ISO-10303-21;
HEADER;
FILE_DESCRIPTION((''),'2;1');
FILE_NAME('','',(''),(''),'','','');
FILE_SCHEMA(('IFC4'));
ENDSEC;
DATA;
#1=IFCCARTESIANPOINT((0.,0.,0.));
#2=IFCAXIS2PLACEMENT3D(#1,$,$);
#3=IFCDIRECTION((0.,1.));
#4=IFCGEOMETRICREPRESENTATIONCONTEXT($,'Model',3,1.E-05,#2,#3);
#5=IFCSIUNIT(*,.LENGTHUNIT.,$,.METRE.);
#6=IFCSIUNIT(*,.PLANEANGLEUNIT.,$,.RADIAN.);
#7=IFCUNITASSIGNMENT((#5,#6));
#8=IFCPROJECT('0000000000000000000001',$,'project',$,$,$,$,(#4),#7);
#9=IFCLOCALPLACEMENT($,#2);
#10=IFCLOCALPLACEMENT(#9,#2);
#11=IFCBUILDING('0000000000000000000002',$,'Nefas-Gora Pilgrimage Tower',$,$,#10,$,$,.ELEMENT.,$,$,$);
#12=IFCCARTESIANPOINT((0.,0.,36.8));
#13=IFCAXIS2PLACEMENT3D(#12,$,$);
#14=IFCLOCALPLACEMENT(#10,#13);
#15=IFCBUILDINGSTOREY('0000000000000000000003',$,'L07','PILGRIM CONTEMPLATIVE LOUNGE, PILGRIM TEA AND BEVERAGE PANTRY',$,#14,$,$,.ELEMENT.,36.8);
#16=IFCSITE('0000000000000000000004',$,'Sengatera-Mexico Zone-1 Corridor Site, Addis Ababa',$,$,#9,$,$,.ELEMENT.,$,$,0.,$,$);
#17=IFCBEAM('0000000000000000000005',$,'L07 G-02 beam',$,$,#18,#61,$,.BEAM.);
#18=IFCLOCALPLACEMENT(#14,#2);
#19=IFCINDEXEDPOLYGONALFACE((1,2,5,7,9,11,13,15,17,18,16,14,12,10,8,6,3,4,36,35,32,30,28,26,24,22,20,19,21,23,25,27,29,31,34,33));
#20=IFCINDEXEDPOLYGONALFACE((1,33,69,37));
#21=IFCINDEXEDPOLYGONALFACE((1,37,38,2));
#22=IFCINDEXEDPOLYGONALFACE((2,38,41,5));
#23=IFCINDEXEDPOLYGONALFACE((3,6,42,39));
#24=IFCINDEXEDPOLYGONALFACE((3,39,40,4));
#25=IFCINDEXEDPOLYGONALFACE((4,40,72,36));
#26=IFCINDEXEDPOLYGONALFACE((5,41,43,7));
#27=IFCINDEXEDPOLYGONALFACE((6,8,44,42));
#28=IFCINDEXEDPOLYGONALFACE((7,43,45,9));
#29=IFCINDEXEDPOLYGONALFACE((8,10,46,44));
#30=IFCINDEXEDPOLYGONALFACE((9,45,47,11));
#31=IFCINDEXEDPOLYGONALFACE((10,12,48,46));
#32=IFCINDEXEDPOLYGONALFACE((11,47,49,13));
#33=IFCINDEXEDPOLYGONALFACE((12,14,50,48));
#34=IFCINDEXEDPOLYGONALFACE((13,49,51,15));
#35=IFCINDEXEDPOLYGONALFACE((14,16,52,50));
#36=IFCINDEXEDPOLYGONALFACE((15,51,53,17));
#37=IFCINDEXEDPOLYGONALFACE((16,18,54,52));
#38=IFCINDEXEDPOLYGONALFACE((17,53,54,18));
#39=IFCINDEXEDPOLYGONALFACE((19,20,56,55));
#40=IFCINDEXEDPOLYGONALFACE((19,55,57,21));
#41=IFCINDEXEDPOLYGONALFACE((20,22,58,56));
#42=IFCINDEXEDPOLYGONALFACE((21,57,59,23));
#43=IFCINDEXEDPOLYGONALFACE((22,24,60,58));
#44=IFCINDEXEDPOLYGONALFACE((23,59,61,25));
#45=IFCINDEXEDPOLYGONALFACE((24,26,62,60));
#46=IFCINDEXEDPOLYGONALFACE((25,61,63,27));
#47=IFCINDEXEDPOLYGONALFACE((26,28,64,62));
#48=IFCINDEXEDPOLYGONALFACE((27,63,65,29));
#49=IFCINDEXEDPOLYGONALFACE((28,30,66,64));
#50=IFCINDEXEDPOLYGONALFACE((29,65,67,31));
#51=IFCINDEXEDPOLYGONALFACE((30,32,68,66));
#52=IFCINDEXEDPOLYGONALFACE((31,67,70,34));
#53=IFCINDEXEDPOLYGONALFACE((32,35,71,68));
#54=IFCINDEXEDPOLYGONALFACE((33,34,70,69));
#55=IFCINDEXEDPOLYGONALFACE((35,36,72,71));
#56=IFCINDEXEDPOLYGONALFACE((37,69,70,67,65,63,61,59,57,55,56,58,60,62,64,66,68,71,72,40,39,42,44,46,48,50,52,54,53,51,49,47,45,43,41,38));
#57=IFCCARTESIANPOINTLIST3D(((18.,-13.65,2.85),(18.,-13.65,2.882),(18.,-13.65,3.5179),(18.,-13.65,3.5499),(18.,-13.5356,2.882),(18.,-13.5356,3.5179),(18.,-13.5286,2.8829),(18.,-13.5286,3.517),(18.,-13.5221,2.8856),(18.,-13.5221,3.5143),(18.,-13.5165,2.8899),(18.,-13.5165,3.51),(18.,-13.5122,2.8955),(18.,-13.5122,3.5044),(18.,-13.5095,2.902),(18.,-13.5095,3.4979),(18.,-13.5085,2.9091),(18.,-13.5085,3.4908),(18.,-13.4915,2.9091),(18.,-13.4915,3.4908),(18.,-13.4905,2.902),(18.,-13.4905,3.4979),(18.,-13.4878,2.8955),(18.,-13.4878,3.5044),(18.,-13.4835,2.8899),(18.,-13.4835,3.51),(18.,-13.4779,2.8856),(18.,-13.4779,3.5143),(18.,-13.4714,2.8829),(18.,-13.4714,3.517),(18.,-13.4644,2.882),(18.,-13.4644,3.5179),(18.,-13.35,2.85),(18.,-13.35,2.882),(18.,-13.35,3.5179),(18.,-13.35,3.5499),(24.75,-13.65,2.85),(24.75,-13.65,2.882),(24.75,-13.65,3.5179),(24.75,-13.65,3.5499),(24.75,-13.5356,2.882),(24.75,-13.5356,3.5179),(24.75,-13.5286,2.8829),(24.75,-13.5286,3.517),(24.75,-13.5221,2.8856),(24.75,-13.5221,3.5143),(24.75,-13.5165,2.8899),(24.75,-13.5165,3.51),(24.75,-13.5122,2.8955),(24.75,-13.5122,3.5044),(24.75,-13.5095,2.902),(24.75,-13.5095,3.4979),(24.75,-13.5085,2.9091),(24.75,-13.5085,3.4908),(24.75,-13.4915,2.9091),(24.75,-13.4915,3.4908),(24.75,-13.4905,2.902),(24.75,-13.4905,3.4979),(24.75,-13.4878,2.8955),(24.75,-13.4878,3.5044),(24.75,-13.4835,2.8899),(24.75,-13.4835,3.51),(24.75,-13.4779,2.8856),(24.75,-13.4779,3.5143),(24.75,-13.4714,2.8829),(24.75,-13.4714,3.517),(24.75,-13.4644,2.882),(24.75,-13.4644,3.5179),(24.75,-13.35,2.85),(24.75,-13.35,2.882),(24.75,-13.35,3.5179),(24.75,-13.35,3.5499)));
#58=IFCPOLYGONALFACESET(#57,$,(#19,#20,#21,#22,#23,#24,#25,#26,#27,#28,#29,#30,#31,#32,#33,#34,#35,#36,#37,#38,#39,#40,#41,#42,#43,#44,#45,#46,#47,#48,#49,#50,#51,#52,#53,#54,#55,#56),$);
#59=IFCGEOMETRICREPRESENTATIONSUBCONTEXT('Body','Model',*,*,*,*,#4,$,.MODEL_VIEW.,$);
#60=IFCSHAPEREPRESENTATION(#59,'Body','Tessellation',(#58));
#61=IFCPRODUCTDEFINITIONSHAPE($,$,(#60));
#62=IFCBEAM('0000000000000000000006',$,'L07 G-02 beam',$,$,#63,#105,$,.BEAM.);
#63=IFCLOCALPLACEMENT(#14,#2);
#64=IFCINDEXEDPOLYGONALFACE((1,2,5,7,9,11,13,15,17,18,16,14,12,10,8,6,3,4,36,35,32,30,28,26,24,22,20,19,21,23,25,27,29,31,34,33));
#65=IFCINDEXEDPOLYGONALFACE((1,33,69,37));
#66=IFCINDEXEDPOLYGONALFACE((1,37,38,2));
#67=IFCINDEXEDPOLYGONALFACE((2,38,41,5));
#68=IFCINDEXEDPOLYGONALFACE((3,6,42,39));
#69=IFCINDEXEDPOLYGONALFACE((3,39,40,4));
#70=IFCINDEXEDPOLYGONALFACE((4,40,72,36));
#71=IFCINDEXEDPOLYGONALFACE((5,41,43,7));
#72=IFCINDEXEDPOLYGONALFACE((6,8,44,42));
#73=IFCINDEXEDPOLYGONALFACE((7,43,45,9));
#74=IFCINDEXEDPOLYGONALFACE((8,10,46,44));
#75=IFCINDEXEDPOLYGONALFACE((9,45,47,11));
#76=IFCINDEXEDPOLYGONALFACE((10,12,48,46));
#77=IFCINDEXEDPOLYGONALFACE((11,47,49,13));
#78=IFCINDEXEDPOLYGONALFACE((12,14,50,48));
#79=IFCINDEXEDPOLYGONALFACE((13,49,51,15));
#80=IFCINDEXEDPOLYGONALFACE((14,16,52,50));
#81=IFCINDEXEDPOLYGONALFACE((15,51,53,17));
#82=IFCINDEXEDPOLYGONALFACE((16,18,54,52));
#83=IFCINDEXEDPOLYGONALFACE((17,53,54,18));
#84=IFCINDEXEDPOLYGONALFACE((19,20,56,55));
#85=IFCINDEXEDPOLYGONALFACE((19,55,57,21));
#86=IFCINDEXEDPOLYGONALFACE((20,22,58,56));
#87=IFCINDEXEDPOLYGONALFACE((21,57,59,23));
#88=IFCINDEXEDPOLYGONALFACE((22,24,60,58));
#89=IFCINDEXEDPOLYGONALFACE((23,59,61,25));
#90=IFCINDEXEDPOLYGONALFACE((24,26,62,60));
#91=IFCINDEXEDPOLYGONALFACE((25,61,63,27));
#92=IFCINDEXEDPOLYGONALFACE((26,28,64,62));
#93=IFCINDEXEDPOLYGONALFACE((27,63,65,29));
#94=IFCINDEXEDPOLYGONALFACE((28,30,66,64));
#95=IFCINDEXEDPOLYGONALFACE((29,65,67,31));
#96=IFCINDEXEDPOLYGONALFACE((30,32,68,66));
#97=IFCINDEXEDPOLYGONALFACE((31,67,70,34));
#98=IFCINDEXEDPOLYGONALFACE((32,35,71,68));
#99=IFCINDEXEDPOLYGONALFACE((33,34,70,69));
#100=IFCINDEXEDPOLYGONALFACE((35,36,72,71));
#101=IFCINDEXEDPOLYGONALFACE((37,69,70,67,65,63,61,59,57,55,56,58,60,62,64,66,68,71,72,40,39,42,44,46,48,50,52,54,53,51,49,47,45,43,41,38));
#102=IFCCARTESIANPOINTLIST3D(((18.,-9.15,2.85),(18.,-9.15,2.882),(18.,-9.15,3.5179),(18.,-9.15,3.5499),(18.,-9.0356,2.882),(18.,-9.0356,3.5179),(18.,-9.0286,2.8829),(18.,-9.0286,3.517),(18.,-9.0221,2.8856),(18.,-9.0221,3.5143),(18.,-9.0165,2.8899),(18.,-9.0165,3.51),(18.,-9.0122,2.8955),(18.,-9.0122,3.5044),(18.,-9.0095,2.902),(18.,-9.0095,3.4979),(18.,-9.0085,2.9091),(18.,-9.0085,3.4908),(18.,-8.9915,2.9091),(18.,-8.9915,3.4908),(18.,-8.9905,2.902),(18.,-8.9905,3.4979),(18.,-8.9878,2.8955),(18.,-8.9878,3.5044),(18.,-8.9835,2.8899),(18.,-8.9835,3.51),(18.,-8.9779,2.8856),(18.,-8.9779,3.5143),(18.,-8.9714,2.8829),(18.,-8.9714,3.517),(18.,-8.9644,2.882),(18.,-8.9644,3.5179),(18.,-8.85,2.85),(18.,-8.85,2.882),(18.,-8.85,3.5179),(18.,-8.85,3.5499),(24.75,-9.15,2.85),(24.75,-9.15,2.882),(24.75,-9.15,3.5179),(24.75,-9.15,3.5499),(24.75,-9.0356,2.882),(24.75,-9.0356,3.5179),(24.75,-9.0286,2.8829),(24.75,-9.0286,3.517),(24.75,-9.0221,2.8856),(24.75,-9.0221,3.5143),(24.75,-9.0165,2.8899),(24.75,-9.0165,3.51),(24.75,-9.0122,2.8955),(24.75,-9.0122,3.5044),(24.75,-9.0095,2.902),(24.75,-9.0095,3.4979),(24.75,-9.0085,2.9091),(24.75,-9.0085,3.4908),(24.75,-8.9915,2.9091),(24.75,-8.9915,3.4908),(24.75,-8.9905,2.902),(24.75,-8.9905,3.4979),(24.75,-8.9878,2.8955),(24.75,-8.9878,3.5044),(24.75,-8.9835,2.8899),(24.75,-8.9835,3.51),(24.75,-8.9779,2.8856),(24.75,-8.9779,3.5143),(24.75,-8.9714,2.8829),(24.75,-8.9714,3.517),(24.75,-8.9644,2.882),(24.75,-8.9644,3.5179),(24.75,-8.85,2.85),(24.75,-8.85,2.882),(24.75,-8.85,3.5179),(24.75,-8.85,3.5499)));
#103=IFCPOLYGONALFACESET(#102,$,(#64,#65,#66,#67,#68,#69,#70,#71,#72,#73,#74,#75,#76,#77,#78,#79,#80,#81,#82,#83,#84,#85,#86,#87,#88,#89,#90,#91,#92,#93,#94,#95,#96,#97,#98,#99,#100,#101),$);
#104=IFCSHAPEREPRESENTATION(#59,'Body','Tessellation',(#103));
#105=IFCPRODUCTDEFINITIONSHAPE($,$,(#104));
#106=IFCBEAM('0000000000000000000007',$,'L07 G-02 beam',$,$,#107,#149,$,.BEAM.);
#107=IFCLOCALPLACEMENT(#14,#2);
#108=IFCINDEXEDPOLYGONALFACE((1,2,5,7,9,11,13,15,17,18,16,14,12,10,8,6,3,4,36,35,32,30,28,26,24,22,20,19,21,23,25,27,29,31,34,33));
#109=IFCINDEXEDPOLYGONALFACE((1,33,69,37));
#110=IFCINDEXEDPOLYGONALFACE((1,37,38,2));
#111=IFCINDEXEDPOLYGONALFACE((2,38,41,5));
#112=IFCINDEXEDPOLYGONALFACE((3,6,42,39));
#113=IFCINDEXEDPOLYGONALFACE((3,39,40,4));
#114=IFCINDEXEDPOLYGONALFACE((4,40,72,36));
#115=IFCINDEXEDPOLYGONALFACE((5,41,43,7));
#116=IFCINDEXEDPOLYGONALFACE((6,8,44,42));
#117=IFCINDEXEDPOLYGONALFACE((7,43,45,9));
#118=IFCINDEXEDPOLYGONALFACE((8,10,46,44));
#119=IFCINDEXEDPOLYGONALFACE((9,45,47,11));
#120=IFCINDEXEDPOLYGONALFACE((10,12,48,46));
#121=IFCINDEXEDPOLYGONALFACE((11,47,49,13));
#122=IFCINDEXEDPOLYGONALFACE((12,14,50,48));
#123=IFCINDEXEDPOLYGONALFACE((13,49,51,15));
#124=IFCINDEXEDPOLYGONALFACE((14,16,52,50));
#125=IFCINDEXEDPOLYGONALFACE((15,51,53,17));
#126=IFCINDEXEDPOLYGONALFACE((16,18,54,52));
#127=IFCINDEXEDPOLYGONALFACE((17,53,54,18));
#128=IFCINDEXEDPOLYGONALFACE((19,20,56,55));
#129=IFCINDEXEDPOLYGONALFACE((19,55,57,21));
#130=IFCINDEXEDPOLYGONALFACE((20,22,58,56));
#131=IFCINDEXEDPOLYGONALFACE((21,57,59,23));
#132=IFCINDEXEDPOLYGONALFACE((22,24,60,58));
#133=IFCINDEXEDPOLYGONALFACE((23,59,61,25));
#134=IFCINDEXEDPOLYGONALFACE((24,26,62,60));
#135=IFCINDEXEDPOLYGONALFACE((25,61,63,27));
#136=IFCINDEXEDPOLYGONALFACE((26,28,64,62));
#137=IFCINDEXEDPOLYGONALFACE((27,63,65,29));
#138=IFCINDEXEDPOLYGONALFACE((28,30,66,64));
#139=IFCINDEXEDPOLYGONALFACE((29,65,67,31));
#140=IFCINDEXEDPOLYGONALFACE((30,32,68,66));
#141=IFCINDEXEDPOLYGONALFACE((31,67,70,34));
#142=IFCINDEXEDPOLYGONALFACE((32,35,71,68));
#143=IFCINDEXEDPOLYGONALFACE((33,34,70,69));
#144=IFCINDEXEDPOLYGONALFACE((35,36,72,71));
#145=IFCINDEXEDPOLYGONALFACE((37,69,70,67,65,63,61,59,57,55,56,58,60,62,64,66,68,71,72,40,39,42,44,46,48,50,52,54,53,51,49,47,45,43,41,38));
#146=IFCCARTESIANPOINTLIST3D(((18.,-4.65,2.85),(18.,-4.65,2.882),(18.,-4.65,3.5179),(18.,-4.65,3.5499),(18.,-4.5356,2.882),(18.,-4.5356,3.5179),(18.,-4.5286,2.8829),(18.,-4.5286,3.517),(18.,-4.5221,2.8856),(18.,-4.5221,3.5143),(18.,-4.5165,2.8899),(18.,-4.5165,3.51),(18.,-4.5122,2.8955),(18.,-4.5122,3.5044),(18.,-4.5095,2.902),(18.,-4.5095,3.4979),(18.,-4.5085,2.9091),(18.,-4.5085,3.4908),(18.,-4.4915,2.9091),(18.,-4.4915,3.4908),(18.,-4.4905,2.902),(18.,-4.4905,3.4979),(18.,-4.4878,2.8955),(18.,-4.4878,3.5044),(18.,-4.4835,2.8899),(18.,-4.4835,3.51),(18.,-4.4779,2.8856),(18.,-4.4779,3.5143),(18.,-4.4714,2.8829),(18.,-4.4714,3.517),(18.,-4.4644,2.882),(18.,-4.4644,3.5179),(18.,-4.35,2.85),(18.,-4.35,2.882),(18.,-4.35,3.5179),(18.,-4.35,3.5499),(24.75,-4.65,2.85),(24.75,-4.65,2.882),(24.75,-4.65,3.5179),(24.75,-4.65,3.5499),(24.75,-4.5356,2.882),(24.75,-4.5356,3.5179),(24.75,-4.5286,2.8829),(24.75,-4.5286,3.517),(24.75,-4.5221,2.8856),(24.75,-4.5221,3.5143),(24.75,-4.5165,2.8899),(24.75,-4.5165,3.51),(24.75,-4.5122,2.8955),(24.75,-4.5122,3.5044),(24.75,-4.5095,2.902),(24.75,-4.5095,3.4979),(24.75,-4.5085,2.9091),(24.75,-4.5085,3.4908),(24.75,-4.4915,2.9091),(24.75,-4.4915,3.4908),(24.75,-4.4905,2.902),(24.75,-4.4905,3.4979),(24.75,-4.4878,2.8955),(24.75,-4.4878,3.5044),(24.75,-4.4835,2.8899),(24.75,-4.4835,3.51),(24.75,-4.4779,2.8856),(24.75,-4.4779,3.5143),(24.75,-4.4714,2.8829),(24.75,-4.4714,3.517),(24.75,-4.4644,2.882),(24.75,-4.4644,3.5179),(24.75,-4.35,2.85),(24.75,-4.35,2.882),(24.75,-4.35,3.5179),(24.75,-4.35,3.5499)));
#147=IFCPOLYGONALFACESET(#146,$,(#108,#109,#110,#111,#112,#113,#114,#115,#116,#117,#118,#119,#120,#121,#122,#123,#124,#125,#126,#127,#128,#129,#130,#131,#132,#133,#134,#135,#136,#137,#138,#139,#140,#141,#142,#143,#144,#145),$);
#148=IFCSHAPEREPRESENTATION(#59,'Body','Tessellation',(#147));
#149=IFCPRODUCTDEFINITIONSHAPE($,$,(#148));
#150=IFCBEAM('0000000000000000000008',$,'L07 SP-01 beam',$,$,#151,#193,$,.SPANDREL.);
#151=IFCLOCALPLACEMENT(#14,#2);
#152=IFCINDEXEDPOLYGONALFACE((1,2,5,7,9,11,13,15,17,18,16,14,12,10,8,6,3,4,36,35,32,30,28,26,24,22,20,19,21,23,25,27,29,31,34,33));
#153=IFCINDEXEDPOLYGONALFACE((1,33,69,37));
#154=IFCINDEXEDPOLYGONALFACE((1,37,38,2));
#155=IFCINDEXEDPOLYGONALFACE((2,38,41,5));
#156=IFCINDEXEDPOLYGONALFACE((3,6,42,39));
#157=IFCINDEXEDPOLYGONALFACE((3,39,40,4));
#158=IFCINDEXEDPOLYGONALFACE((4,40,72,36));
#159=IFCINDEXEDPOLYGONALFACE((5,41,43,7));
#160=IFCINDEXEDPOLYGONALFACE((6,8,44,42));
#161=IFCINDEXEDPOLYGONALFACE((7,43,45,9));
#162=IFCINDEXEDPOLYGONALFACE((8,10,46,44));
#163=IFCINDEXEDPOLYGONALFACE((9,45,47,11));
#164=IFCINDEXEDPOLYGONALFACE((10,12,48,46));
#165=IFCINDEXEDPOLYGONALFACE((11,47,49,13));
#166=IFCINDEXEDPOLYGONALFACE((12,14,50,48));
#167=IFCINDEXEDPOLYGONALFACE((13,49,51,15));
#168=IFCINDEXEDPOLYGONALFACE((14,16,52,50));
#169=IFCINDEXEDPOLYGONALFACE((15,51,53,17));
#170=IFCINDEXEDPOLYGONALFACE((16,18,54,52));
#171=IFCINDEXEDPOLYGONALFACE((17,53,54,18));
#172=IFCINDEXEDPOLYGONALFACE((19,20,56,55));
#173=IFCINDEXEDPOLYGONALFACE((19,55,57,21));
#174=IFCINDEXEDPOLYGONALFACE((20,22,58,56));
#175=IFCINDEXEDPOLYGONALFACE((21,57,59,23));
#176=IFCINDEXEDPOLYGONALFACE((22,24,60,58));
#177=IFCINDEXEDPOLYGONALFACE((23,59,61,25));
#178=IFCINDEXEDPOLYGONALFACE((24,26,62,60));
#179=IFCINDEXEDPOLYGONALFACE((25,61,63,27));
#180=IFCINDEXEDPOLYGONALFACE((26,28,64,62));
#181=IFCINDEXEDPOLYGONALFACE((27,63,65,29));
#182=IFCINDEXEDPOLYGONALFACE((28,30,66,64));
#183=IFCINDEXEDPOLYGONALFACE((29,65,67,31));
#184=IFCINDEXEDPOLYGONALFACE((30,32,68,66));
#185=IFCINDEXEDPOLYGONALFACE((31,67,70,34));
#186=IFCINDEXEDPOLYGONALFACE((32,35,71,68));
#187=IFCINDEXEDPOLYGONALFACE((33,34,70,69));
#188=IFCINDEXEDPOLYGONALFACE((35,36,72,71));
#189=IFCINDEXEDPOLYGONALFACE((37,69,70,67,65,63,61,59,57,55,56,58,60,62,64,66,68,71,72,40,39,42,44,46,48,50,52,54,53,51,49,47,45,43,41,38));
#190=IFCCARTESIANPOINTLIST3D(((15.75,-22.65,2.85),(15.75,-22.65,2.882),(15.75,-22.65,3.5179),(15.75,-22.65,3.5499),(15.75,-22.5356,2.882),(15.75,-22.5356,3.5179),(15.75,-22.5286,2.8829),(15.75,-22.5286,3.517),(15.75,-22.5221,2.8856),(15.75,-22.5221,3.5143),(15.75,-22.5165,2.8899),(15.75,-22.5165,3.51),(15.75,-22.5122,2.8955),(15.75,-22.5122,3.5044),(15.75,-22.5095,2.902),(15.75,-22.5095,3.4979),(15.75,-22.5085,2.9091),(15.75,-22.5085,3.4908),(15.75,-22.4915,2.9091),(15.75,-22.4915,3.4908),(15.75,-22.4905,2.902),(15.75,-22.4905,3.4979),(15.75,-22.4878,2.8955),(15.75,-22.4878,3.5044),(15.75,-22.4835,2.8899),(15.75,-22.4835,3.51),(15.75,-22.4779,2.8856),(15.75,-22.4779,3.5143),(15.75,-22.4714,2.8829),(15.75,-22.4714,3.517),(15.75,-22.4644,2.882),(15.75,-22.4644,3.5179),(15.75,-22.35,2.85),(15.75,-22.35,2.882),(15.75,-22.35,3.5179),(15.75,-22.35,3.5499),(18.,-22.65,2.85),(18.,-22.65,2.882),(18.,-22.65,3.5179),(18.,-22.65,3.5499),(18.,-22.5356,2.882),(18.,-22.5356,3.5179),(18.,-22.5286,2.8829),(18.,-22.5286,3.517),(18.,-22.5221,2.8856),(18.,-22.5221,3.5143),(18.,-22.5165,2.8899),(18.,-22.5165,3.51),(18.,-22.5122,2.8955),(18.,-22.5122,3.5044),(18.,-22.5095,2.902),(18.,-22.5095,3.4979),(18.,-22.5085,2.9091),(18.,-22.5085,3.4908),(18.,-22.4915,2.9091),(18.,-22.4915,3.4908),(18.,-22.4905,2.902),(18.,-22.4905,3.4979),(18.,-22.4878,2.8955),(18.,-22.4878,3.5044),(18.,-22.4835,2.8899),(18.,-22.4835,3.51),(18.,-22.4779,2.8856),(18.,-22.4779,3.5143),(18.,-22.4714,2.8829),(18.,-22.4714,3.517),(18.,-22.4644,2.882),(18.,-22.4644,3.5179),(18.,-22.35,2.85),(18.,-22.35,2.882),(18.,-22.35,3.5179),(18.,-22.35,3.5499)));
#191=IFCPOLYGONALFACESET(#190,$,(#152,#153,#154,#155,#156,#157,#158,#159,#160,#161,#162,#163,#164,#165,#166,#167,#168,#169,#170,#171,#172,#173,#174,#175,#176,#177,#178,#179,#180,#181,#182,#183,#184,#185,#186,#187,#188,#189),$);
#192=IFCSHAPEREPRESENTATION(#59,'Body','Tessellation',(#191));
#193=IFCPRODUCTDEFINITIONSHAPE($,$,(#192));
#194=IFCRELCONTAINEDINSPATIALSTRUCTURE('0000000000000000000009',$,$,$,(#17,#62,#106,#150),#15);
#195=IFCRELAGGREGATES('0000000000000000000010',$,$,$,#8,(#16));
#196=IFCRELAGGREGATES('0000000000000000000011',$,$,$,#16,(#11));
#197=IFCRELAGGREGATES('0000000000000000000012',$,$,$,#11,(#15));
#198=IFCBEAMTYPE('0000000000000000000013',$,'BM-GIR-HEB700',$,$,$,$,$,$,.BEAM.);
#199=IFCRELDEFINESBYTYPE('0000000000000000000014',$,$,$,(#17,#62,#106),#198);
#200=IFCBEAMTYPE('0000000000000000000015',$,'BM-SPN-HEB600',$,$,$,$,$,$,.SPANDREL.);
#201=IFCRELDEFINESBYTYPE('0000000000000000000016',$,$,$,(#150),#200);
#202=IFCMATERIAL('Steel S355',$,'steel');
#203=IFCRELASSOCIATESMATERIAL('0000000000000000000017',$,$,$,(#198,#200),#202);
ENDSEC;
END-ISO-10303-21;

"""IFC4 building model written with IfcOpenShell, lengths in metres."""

from ifc_helpers import new_model, si_unit, direction, frame, origin, origin_2d, place, context, subcontext, project, spatial, i_section, extrude, source, transform, mapped, material, material_profile, profile_set, type_object, element, save


model = new_model("IFC4")

# Units and contexts
model_context = context("Model", 3, precision=1e-05, world=origin(), true_north=direction((0.0, 1.0)))
body_context = subcontext(model_context, "Body", "Model", "MODEL_VIEW")
ifc_project = project(units=[si_unit("LENGTHUNIT", "METRE"), si_unit("PLANEANGLEUNIT", "RADIAN")], contexts=[model_context])

# Site, building, storey
site_placement = place(None, origin())
site = spatial("IfcSite", under=ifc_project, at=site_placement, Name="Sengatera-Mexico Zone-1 Corridor Site, Addis Ababa", CompositionType="ELEMENT", RefElevation=0.0)
building_placement = place(site_placement, origin())
building = spatial("IfcBuilding", under=site, at=building_placement, Name="Nefas-Gora Pilgrimage Tower", CompositionType="ELEMENT")
storey_placement = place(building_placement, frame((0.0, 0.0, 36.8)))
storey = spatial("IfcBuildingStorey", under=building, at=storey_placement, Name="L07", Description="PILGRIM CONTEMPLATIVE LOUNGE, PILGRIM TEA AND BEVERAGE PANTRY", CompositionType="ELEMENT", Elevation=36.8)

# Beams
ifc_material_1 = material(Name="Steel S355", Category="steel")
ifc_material_profile_1 = material_profile(ifc_material_1, i_section(OverallWidth=0.3, OverallDepth=0.7, WebThickness=0.0171, FlangeThickness=0.032, FilletRadius=0.0271, at=origin_2d()), Name="HEB 700")
ifc_profile_set_1 = profile_set([ifc_material_profile_1], Name="Steel S355")
beam_type_1 = type_object("IfcBeamType", Name="BM-GIR-HEB700", PredefinedType="BEAM", material=ifc_profile_set_1)
shared_shape_1 = source(origin(), body_context, "Body", "SweptSolid", [
    extrude(i_section(OverallWidth=0.3, OverallDepth=0.7, WebThickness=0.0171, FlangeThickness=0.032, FilletRadius=0.0271, at=origin_2d()), origin(), (0.0, 0.0, 1.0), 6.75),
])
for number, where, z_axis, x_axis, name in (
    (1, (18.0, -13.5, 3.2), (1.0, 0.0, 0.0), (0.0, 1.0, 0.0), "L07 G-02 beam"),
    (2, (18.0, -9.0, 3.2), (1.0, 0.0, 0.0), (0.0, 1.0, 0.0), "L07 G-02 beam"),
    (3, (18.0, -4.5, 3.2), (1.0, 0.0, 0.0), (0.0, 1.0, 0.0), "L07 G-02 beam"),
):
    element("IfcBeam", number, at=place(storey_placement, frame(where, z_axis=z_axis, x_axis=x_axis)), inside=storey, type_object=beam_type_1, Name=name, PredefinedType="BEAM", context=body_context, shape_type="MappedRepresentation", body=[
        mapped(shared_shape_1, transform((0.0, 0.0, 0.0), x_axis=(1.0, 0.0, 0.0), y_axis=(0.0, 1.0, 0.0), z_axis=(0.0, 0.0, 1.0), scale=1.0)),
    ])
ifc_material_profile_2 = material_profile(ifc_material_1, i_section(OverallWidth=0.3, OverallDepth=0.7, WebThickness=0.0171, FlangeThickness=0.032, FilletRadius=0.0271, at=origin_2d()), Name="HEB 700")
ifc_profile_set_2 = profile_set([ifc_material_profile_2], Name="Steel S355")
beam_type_2 = type_object("IfcBeamType", Name="BM-SPN-HEB600", PredefinedType="SPANDREL", material=ifc_profile_set_2)
shared_shape_2 = source(origin(), body_context, "Body", "SweptSolid", [
    extrude(i_section(OverallWidth=0.3, OverallDepth=0.7, WebThickness=0.0171, FlangeThickness=0.032, FilletRadius=0.0271, at=origin_2d()), origin(), (0.0, 0.0, 1.0), 2.25),
])
for number, where, z_axis, x_axis, name in (
    (4, (15.75, -22.5, 3.2), (1.0, 0.0, 0.0), (0.0, 1.0, 0.0), "L07 SP-01 beam"),
):
    element("IfcBeam", number, at=place(storey_placement, frame(where, z_axis=z_axis, x_axis=x_axis)), inside=storey, type_object=beam_type_2, Name=name, PredefinedType="SPANDREL", context=body_context, shape_type="MappedRepresentation", body=[
        mapped(shared_shape_2, transform((0.0, 0.0, 0.0), x_axis=(1.0, 0.0, 0.0), y_axis=(0.0, 1.0, 0.0), z_axis=(0.0, 0.0, 1.0), scale=1.0)),
    ])

save(model, "model.ifc")
